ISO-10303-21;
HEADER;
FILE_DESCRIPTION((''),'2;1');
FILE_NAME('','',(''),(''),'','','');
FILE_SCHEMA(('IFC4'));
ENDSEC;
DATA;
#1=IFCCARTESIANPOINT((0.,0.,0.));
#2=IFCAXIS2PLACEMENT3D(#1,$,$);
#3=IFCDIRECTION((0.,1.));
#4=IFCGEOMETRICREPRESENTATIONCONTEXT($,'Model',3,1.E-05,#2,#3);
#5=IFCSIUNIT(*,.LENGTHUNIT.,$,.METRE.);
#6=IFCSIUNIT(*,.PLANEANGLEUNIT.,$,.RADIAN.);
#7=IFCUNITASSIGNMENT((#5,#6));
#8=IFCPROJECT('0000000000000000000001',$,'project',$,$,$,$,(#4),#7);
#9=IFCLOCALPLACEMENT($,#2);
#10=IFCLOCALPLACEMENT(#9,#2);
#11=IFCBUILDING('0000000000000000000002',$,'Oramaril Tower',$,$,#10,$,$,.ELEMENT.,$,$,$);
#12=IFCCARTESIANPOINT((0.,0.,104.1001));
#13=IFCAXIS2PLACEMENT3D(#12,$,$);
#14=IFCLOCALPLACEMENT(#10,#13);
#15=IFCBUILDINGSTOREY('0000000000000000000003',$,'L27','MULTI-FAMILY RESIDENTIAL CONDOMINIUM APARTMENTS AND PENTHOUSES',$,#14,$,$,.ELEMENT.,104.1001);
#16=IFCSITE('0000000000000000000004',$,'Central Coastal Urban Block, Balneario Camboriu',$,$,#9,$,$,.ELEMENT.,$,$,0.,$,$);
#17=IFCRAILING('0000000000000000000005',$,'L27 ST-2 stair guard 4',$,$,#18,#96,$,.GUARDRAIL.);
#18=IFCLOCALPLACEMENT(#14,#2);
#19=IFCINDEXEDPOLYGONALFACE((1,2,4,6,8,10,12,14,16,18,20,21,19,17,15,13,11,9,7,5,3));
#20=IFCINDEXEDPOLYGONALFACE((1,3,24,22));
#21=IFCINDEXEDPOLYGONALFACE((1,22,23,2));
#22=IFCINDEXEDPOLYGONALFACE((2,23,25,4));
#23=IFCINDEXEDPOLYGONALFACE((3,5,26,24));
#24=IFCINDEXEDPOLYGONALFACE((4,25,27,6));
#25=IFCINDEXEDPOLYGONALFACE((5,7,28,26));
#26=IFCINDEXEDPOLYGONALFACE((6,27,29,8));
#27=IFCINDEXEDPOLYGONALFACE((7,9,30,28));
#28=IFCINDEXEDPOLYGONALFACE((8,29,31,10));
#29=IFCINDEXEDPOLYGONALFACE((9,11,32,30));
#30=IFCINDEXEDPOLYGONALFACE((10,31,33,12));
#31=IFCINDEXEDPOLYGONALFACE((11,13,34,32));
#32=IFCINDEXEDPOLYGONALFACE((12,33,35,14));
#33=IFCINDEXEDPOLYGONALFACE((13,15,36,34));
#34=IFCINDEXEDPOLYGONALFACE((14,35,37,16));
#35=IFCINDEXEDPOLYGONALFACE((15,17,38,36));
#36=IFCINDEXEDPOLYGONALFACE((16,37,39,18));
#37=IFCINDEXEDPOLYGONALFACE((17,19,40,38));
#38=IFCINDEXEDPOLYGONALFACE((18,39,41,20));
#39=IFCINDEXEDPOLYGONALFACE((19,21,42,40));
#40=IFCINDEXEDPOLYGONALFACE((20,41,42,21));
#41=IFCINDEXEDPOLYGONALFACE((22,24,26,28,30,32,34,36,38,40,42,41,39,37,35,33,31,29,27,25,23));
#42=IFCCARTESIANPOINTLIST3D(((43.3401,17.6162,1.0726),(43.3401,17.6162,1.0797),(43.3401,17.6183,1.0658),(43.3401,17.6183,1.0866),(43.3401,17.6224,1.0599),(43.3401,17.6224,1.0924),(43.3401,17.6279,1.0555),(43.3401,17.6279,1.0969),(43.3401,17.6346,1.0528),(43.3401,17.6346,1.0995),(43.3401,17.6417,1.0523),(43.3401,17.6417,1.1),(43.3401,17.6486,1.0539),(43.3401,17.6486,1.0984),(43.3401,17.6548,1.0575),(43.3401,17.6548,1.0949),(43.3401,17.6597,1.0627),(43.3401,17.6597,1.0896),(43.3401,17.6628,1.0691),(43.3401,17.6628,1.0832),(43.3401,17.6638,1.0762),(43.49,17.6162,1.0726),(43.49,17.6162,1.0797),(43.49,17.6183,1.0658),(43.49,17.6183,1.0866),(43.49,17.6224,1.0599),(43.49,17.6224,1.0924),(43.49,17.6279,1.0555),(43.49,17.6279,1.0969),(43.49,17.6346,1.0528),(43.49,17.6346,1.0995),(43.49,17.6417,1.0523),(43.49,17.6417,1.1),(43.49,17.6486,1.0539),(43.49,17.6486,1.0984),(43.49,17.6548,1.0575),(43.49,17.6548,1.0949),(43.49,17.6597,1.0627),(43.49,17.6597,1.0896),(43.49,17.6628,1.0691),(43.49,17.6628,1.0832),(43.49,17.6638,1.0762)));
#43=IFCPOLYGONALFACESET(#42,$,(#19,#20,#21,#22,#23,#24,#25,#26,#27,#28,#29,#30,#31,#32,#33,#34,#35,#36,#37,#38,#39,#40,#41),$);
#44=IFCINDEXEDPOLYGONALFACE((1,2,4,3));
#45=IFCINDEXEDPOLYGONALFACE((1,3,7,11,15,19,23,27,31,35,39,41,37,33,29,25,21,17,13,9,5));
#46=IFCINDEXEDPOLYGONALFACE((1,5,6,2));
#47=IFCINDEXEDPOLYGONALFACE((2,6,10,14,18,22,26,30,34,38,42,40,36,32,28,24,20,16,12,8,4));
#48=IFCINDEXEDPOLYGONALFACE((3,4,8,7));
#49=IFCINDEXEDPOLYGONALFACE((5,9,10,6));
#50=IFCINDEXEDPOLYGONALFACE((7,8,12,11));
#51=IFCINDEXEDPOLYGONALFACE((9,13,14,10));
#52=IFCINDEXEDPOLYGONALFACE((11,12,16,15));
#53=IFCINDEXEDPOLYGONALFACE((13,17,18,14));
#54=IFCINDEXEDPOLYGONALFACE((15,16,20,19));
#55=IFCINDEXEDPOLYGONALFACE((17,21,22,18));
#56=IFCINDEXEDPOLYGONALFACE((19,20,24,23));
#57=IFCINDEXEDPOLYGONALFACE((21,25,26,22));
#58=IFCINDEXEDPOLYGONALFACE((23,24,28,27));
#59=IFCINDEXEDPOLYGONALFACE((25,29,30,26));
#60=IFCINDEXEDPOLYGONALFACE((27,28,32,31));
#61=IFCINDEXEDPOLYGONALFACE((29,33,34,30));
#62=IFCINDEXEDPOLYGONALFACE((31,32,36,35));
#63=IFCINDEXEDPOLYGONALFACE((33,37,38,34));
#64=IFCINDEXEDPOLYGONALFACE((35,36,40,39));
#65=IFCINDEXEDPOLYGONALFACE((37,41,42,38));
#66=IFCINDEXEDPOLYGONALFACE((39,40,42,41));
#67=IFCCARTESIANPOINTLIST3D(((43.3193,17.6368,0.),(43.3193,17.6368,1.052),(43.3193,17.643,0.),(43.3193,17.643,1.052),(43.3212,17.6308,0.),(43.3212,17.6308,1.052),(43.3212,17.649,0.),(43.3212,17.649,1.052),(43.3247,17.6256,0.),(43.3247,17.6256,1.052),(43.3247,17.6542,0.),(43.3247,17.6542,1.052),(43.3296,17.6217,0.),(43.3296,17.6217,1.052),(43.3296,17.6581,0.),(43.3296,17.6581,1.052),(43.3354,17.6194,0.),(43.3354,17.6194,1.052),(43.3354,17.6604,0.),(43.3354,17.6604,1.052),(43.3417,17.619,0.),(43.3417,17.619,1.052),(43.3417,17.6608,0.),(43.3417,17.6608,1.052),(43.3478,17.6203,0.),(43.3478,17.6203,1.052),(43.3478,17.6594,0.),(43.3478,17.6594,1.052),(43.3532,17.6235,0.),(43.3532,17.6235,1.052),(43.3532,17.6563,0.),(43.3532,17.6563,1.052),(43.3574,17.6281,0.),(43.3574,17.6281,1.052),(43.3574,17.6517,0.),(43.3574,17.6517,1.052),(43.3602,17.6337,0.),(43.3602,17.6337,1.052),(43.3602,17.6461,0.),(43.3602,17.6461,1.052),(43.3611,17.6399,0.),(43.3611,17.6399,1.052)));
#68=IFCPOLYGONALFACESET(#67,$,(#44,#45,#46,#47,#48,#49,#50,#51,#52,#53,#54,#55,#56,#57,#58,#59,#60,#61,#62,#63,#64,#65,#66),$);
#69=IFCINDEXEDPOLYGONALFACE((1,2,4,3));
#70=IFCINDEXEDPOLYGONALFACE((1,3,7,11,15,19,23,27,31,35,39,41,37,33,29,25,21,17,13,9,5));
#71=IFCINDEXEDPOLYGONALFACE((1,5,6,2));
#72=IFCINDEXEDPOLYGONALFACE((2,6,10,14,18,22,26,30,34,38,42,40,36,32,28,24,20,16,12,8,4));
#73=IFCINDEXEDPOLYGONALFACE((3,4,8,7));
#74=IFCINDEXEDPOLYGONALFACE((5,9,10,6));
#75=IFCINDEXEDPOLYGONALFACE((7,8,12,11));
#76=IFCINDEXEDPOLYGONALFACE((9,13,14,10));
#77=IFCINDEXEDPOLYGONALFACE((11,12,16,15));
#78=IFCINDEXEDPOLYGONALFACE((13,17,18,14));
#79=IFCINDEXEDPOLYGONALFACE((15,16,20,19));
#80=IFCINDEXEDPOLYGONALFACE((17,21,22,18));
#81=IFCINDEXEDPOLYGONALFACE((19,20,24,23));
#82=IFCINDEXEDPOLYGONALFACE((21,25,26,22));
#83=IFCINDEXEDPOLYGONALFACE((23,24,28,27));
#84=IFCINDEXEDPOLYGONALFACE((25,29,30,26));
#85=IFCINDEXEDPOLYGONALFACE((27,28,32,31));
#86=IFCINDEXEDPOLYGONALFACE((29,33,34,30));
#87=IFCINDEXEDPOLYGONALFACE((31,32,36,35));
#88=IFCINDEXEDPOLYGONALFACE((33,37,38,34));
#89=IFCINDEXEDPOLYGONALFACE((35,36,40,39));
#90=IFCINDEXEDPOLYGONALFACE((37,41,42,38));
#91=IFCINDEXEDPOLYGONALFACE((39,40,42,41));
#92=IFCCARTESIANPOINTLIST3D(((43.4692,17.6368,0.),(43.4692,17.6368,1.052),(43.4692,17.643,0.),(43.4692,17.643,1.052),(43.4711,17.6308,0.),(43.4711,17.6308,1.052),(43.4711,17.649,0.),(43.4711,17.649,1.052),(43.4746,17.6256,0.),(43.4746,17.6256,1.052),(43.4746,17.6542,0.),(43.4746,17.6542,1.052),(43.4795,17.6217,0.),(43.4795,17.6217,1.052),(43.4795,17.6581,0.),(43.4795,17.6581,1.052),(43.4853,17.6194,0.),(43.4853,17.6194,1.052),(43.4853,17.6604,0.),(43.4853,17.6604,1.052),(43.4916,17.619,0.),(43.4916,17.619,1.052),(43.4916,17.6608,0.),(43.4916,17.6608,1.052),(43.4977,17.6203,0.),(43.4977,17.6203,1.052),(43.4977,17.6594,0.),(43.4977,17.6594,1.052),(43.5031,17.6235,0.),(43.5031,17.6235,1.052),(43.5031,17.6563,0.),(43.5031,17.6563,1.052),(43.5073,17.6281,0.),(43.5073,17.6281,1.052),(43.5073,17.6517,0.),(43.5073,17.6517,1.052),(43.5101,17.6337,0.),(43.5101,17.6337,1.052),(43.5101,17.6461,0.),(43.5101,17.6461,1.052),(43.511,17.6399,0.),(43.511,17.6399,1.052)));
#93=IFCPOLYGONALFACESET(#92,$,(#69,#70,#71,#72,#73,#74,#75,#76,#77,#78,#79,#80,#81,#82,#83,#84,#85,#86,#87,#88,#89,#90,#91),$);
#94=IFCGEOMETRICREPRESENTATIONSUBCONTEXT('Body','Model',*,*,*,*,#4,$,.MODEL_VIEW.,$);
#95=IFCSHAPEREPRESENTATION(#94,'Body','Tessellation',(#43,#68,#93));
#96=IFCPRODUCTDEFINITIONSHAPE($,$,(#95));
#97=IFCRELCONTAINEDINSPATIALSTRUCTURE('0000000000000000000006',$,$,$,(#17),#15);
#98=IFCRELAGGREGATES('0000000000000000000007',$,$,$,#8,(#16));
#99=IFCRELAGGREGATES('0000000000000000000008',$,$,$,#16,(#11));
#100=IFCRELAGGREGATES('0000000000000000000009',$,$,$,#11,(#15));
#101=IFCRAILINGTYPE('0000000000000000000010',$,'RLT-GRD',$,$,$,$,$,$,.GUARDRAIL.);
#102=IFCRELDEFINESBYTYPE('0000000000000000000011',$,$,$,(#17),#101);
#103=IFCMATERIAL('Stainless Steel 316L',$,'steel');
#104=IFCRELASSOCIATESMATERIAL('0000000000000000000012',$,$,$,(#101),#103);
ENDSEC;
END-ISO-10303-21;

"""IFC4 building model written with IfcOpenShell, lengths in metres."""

from ifc_helpers import new_model, si_unit, direction, frame, origin, origin_2d, place, context, subcontext, project, spatial, circle, extrude, material, type_object, element, save


model = new_model("IFC4")

# Units and contexts
model_context = context("Model", 3, precision=1e-05, world=origin(), true_north=direction((0.0, 1.0)))
body_context = subcontext(model_context, "Body", "Model", "MODEL_VIEW")
ifc_project = project(units=[si_unit("LENGTHUNIT", "METRE"), si_unit("PLANEANGLEUNIT", "RADIAN")], contexts=[model_context])

# Site, building, storey
site_placement = place(None, origin())
site = spatial("IfcSite", under=ifc_project, at=site_placement, Name="Central Coastal Urban Block, Balneario Camboriu", CompositionType="ELEMENT", RefElevation=0.0)
building_placement = place(site_placement, origin())
building = spatial("IfcBuilding", under=site, at=building_placement, Name="Oramaril Tower", CompositionType="ELEMENT")
storey_placement = place(building_placement, frame((0.0, 0.0, 104.1001)))
storey = spatial("IfcBuildingStorey", under=building, at=storey_placement, Name="L27", Description="MULTI-FAMILY RESIDENTIAL CONDOMINIUM APARTMENTS AND PENTHOUSES", CompositionType="ELEMENT", Elevation=104.1001)

# Railing
ifc_material_1 = material(Name="Stainless Steel 316L", Category="steel")
railing_type_1 = type_object("IfcRailingType", Name="RLT-GRD", PredefinedType="GUARDRAIL", material=ifc_material_1)
railing_1_placement = place(storey_placement, frame((43.3401, 17.6399, 0.0)))
element("IfcRailing", 1, at=railing_1_placement, inside=storey, type_object=railing_type_1, Name="L27 ST-2 stair guard 4", PredefinedType="GUARDRAIL", context=body_context, shape_type="SweptSolid", body=[
    extrude(circle(Radius=0.0239, at=origin_2d()), frame((0.0, 0.0, 1.0762), z_axis=(1.0, 0.0, 0.0), x_axis=(0.0, 1.0, 0.0)), (0.0, 0.0, 1.0), 0.1499),
    extrude(circle(Radius=0.021, at=origin_2d()), origin(), (0.0, 0.0, 1.0), 1.052),
    extrude(circle(Radius=0.021, at=origin_2d()), frame((0.1499, 0.0, 0.0)), (0.0, 0.0, 1.0), 1.052),
])

save(model, "model.ifc")
